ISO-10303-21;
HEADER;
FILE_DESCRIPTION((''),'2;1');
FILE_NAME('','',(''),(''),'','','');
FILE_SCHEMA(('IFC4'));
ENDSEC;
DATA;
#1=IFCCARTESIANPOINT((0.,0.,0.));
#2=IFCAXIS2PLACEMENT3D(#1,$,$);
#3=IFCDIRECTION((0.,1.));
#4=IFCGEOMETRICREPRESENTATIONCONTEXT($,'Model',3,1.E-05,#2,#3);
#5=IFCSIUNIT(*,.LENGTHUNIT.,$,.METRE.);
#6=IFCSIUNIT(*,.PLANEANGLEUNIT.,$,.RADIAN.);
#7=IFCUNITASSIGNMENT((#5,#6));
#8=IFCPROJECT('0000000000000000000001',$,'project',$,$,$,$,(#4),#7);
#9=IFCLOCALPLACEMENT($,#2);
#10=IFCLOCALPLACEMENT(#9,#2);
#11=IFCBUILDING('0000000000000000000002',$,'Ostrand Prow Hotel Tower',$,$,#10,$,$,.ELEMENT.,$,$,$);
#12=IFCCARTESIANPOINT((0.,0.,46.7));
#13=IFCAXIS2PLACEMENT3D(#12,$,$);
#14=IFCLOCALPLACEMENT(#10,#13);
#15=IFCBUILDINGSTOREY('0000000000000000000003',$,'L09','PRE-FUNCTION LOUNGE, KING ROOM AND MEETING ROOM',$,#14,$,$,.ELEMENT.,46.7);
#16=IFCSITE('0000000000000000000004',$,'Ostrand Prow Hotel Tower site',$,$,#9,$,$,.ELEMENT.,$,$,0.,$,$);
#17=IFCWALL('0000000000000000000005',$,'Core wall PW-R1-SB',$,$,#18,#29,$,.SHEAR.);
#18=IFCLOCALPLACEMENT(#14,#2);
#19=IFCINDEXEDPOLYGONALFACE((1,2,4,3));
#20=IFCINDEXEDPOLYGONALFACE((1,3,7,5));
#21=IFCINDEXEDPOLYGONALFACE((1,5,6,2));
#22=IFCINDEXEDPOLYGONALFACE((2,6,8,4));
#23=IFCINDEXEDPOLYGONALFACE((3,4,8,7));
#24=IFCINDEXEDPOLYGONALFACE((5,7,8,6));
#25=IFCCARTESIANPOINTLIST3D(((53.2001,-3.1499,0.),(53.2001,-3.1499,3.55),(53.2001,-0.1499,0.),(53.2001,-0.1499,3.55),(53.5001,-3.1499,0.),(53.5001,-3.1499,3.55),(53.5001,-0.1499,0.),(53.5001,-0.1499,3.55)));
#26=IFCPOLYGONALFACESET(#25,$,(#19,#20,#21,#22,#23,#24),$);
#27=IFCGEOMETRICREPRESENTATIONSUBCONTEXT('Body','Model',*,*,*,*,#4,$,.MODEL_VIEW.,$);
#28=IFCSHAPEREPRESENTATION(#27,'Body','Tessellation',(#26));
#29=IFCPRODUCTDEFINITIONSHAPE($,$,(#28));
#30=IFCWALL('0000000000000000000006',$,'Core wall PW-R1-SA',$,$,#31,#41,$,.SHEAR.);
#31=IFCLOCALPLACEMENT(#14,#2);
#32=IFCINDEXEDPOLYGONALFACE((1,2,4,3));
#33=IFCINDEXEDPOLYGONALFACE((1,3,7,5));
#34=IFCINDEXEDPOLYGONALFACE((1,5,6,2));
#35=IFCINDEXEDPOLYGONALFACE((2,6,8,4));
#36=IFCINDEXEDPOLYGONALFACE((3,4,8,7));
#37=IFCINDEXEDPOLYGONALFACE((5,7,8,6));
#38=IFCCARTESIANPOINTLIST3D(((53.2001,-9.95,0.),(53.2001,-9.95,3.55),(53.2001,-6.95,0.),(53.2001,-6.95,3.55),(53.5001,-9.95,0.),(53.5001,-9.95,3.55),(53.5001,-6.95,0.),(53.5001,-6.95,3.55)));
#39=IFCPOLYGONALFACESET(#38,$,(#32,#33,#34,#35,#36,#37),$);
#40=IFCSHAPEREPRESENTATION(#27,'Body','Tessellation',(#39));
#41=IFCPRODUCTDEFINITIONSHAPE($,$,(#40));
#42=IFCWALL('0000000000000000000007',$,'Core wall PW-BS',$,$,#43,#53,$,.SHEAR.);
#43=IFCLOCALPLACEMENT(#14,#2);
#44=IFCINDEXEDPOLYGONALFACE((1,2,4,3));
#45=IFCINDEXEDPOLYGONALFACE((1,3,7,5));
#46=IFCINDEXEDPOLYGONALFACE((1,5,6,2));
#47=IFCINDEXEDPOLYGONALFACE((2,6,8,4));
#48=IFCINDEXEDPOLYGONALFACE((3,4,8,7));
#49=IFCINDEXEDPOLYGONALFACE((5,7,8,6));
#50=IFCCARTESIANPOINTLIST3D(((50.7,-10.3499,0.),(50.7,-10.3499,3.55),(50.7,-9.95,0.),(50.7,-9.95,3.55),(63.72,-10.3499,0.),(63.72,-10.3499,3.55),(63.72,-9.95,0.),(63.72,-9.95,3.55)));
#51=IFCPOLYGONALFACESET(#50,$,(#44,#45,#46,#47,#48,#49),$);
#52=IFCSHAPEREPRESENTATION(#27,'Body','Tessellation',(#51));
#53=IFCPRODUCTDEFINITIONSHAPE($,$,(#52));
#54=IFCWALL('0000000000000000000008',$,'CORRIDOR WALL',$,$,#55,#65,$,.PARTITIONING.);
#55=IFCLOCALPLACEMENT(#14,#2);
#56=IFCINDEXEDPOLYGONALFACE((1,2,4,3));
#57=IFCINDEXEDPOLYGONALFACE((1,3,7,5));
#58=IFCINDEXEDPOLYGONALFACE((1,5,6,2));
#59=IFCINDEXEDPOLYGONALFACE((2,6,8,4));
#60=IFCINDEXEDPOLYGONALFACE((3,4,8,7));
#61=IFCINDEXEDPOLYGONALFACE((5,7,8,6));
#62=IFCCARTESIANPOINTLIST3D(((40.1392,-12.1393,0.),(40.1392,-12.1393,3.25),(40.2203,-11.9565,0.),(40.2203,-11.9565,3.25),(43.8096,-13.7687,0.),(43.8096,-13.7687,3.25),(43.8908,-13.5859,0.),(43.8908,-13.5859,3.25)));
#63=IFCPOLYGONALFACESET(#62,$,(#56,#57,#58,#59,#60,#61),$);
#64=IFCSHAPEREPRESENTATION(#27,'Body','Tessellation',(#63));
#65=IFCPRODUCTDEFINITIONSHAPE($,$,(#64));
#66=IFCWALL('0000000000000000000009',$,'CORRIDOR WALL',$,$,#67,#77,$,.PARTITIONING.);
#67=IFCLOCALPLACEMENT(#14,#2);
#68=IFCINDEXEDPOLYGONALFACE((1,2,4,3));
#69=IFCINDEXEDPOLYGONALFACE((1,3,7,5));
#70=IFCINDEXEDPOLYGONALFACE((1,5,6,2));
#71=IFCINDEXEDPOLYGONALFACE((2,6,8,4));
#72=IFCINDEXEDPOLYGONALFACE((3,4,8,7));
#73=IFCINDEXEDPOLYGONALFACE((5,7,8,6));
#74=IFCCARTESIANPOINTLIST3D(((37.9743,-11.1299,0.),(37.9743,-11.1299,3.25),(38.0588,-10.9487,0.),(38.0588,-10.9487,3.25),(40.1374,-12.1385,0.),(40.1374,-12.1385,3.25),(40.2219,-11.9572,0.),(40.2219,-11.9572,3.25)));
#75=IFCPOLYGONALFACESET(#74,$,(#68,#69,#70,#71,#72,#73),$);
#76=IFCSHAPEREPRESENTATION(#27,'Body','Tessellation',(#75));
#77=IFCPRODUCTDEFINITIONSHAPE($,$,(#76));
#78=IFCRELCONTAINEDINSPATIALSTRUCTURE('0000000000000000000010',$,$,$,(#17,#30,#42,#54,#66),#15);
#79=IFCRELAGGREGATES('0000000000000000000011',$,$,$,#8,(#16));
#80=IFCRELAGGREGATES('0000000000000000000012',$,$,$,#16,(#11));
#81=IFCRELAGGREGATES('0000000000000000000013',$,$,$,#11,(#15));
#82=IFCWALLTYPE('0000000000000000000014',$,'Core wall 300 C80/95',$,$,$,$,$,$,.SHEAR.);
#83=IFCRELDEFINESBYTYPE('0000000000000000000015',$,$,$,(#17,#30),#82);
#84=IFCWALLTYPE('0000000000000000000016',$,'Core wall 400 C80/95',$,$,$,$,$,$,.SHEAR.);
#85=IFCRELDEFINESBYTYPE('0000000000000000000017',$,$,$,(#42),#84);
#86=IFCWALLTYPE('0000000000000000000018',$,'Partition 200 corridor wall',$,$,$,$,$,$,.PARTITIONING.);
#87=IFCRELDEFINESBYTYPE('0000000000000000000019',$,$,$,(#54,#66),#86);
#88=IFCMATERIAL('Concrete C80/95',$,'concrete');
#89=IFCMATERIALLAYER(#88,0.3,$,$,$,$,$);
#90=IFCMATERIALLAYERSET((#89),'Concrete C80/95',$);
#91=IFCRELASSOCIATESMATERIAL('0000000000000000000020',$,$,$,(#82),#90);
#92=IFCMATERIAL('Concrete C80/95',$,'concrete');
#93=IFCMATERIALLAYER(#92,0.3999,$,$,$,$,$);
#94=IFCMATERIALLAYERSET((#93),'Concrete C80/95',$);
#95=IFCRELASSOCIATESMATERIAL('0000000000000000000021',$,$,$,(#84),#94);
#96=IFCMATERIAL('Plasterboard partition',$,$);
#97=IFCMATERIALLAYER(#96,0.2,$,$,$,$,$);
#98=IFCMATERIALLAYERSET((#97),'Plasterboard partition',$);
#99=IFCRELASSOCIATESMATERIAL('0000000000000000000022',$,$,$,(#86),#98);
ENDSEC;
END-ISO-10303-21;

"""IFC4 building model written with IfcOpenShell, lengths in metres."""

from ifc_helpers import new_model, si_unit, direction, frame, frame_2d, origin, place, context, subcontext, project, spatial, rectangle, extrude, material, layer, layer_set, type_object, element, save


model = new_model("IFC4")

# Units and contexts
model_context = context("Model", 3, precision=1e-05, world=origin(), true_north=direction((0.0, 1.0)))
body_context = subcontext(model_context, "Body", "Model", "MODEL_VIEW")
ifc_project = project(units=[si_unit("LENGTHUNIT", "METRE"), si_unit("PLANEANGLEUNIT", "RADIAN")], contexts=[model_context])

# Site, building, storey
site_placement = place(None, origin())
site = spatial("IfcSite", under=ifc_project, at=site_placement, Name="Ostrand Prow Hotel Tower site", CompositionType="ELEMENT", RefElevation=0.0)
building_placement = place(site_placement, origin())
building = spatial("IfcBuilding", under=site, at=building_placement, Name="Ostrand Prow Hotel Tower", CompositionType="ELEMENT")
storey_placement = place(building_placement, frame((0.0, 0.0, 46.7)))
storey = spatial("IfcBuildingStorey", under=building, at=storey_placement, Name="L09", Description="PRE-FUNCTION LOUNGE, KING ROOM AND MEETING ROOM", CompositionType="ELEMENT", Elevation=46.7)

# Shared definitions
ifc_material_1 = material(Name="Concrete C80/95", Category="concrete")
ifc_layer_1 = layer(ifc_material_1, 0.3)
ifc_layer_set_1 = layer_set([ifc_layer_1], Name="Concrete C80/95")
wall_type_1 = type_object("IfcWallType", Name="Core wall 300 C80/95", PredefinedType="SHEAR", material=ifc_layer_set_1)

# Walls
for number, where, z_axis, x_axis, name in (
    (1, (53.3501, -3.1499, 0.0), (0.0, 0.0, 1.0), (0.0, 1.0, 0.0), "Core wall PW-R1-SB"),
    (2, (53.3501, -9.95, 0.0), (0.0, 0.0, 1.0), (0.0, 1.0, 0.0), "Core wall PW-R1-SA"),
):
    element("IfcWall", number, at=place(storey_placement, frame(where, z_axis=z_axis, x_axis=x_axis)), inside=storey, type_object=wall_type_1, Name=name, PredefinedType="SHEAR", context=body_context, shape_type="SweptSolid", body=[
        extrude(rectangle(XDim=3.0, YDim=0.3, at=frame_2d((1.5, 0.0))), origin(), (0.0, 0.0, 1.0), 3.55),
    ])
ifc_material_2 = material(Name="Concrete C80/95", Category="concrete")
ifc_layer_2 = layer(ifc_material_2, 0.3999)
ifc_layer_set_2 = layer_set([ifc_layer_2], Name="Concrete C80/95")
wall_type_2 = type_object("IfcWallType", Name="Core wall 400 C80/95", PredefinedType="SHEAR", material=ifc_layer_set_2)
wall_1_placement = place(storey_placement, frame((50.7, -10.1499, 0.0), z_axis=(0.0, 0.0, 1.0), x_axis=(1.0, 0.0, 0.0)))
element("IfcWall", 3, at=wall_1_placement, inside=storey, type_object=wall_type_2, Name="Core wall PW-BS", PredefinedType="SHEAR", context=body_context, shape_type="SweptSolid", body=[
    extrude(rectangle(XDim=13.02, YDim=0.3999, at=frame_2d((6.51, 0.0))), origin(), (0.0, 0.0, 1.0), 3.55),
])
ifc_material_3 = material(Name="Plasterboard partition")
ifc_layer_3 = layer(ifc_material_3, 0.2)
ifc_layer_set_3 = layer_set([ifc_layer_3], Name="Plasterboard partition")
wall_type_3 = type_object("IfcWallType", Name="Partition 200 corridor wall", PredefinedType="PARTITIONING", material=ifc_layer_set_3)
wall_2_placement = place(storey_placement, frame((43.8501, -13.6772, 0.0), z_axis=(0.0, 0.0, 1.0), x_axis=(-0.913987, 0.405744, 0.0)))
element("IfcWall", 4, at=wall_2_placement, inside=storey, type_object=wall_type_3, Name="CORRIDOR WALL", PredefinedType="PARTITIONING", context=body_context, shape_type="SweptSolid", body=[
    extrude(rectangle(XDim=4.0159, YDim=0.2, at=frame_2d((2.0078, 0.0))), origin(), (0.0, 0.0, 1.0), 3.25),
])
wall_3_placement = place(storey_placement, frame((40.1797, -12.0479, 0.0), z_axis=(0.0, 0.0, 1.0), x_axis=(-0.906327, 0.422577, 0.0)))
element("IfcWall", 5, at=wall_3_placement, inside=storey, type_object=wall_type_3, Name="CORRIDOR WALL", PredefinedType="PARTITIONING", context=body_context, shape_type="SweptSolid", body=[
    extrude(rectangle(XDim=2.3867, YDim=0.2, at=frame_2d((1.1934, 0.0))), origin(), (0.0, 0.0, 1.0), 3.25),
])

save(model, "model.ifc")
